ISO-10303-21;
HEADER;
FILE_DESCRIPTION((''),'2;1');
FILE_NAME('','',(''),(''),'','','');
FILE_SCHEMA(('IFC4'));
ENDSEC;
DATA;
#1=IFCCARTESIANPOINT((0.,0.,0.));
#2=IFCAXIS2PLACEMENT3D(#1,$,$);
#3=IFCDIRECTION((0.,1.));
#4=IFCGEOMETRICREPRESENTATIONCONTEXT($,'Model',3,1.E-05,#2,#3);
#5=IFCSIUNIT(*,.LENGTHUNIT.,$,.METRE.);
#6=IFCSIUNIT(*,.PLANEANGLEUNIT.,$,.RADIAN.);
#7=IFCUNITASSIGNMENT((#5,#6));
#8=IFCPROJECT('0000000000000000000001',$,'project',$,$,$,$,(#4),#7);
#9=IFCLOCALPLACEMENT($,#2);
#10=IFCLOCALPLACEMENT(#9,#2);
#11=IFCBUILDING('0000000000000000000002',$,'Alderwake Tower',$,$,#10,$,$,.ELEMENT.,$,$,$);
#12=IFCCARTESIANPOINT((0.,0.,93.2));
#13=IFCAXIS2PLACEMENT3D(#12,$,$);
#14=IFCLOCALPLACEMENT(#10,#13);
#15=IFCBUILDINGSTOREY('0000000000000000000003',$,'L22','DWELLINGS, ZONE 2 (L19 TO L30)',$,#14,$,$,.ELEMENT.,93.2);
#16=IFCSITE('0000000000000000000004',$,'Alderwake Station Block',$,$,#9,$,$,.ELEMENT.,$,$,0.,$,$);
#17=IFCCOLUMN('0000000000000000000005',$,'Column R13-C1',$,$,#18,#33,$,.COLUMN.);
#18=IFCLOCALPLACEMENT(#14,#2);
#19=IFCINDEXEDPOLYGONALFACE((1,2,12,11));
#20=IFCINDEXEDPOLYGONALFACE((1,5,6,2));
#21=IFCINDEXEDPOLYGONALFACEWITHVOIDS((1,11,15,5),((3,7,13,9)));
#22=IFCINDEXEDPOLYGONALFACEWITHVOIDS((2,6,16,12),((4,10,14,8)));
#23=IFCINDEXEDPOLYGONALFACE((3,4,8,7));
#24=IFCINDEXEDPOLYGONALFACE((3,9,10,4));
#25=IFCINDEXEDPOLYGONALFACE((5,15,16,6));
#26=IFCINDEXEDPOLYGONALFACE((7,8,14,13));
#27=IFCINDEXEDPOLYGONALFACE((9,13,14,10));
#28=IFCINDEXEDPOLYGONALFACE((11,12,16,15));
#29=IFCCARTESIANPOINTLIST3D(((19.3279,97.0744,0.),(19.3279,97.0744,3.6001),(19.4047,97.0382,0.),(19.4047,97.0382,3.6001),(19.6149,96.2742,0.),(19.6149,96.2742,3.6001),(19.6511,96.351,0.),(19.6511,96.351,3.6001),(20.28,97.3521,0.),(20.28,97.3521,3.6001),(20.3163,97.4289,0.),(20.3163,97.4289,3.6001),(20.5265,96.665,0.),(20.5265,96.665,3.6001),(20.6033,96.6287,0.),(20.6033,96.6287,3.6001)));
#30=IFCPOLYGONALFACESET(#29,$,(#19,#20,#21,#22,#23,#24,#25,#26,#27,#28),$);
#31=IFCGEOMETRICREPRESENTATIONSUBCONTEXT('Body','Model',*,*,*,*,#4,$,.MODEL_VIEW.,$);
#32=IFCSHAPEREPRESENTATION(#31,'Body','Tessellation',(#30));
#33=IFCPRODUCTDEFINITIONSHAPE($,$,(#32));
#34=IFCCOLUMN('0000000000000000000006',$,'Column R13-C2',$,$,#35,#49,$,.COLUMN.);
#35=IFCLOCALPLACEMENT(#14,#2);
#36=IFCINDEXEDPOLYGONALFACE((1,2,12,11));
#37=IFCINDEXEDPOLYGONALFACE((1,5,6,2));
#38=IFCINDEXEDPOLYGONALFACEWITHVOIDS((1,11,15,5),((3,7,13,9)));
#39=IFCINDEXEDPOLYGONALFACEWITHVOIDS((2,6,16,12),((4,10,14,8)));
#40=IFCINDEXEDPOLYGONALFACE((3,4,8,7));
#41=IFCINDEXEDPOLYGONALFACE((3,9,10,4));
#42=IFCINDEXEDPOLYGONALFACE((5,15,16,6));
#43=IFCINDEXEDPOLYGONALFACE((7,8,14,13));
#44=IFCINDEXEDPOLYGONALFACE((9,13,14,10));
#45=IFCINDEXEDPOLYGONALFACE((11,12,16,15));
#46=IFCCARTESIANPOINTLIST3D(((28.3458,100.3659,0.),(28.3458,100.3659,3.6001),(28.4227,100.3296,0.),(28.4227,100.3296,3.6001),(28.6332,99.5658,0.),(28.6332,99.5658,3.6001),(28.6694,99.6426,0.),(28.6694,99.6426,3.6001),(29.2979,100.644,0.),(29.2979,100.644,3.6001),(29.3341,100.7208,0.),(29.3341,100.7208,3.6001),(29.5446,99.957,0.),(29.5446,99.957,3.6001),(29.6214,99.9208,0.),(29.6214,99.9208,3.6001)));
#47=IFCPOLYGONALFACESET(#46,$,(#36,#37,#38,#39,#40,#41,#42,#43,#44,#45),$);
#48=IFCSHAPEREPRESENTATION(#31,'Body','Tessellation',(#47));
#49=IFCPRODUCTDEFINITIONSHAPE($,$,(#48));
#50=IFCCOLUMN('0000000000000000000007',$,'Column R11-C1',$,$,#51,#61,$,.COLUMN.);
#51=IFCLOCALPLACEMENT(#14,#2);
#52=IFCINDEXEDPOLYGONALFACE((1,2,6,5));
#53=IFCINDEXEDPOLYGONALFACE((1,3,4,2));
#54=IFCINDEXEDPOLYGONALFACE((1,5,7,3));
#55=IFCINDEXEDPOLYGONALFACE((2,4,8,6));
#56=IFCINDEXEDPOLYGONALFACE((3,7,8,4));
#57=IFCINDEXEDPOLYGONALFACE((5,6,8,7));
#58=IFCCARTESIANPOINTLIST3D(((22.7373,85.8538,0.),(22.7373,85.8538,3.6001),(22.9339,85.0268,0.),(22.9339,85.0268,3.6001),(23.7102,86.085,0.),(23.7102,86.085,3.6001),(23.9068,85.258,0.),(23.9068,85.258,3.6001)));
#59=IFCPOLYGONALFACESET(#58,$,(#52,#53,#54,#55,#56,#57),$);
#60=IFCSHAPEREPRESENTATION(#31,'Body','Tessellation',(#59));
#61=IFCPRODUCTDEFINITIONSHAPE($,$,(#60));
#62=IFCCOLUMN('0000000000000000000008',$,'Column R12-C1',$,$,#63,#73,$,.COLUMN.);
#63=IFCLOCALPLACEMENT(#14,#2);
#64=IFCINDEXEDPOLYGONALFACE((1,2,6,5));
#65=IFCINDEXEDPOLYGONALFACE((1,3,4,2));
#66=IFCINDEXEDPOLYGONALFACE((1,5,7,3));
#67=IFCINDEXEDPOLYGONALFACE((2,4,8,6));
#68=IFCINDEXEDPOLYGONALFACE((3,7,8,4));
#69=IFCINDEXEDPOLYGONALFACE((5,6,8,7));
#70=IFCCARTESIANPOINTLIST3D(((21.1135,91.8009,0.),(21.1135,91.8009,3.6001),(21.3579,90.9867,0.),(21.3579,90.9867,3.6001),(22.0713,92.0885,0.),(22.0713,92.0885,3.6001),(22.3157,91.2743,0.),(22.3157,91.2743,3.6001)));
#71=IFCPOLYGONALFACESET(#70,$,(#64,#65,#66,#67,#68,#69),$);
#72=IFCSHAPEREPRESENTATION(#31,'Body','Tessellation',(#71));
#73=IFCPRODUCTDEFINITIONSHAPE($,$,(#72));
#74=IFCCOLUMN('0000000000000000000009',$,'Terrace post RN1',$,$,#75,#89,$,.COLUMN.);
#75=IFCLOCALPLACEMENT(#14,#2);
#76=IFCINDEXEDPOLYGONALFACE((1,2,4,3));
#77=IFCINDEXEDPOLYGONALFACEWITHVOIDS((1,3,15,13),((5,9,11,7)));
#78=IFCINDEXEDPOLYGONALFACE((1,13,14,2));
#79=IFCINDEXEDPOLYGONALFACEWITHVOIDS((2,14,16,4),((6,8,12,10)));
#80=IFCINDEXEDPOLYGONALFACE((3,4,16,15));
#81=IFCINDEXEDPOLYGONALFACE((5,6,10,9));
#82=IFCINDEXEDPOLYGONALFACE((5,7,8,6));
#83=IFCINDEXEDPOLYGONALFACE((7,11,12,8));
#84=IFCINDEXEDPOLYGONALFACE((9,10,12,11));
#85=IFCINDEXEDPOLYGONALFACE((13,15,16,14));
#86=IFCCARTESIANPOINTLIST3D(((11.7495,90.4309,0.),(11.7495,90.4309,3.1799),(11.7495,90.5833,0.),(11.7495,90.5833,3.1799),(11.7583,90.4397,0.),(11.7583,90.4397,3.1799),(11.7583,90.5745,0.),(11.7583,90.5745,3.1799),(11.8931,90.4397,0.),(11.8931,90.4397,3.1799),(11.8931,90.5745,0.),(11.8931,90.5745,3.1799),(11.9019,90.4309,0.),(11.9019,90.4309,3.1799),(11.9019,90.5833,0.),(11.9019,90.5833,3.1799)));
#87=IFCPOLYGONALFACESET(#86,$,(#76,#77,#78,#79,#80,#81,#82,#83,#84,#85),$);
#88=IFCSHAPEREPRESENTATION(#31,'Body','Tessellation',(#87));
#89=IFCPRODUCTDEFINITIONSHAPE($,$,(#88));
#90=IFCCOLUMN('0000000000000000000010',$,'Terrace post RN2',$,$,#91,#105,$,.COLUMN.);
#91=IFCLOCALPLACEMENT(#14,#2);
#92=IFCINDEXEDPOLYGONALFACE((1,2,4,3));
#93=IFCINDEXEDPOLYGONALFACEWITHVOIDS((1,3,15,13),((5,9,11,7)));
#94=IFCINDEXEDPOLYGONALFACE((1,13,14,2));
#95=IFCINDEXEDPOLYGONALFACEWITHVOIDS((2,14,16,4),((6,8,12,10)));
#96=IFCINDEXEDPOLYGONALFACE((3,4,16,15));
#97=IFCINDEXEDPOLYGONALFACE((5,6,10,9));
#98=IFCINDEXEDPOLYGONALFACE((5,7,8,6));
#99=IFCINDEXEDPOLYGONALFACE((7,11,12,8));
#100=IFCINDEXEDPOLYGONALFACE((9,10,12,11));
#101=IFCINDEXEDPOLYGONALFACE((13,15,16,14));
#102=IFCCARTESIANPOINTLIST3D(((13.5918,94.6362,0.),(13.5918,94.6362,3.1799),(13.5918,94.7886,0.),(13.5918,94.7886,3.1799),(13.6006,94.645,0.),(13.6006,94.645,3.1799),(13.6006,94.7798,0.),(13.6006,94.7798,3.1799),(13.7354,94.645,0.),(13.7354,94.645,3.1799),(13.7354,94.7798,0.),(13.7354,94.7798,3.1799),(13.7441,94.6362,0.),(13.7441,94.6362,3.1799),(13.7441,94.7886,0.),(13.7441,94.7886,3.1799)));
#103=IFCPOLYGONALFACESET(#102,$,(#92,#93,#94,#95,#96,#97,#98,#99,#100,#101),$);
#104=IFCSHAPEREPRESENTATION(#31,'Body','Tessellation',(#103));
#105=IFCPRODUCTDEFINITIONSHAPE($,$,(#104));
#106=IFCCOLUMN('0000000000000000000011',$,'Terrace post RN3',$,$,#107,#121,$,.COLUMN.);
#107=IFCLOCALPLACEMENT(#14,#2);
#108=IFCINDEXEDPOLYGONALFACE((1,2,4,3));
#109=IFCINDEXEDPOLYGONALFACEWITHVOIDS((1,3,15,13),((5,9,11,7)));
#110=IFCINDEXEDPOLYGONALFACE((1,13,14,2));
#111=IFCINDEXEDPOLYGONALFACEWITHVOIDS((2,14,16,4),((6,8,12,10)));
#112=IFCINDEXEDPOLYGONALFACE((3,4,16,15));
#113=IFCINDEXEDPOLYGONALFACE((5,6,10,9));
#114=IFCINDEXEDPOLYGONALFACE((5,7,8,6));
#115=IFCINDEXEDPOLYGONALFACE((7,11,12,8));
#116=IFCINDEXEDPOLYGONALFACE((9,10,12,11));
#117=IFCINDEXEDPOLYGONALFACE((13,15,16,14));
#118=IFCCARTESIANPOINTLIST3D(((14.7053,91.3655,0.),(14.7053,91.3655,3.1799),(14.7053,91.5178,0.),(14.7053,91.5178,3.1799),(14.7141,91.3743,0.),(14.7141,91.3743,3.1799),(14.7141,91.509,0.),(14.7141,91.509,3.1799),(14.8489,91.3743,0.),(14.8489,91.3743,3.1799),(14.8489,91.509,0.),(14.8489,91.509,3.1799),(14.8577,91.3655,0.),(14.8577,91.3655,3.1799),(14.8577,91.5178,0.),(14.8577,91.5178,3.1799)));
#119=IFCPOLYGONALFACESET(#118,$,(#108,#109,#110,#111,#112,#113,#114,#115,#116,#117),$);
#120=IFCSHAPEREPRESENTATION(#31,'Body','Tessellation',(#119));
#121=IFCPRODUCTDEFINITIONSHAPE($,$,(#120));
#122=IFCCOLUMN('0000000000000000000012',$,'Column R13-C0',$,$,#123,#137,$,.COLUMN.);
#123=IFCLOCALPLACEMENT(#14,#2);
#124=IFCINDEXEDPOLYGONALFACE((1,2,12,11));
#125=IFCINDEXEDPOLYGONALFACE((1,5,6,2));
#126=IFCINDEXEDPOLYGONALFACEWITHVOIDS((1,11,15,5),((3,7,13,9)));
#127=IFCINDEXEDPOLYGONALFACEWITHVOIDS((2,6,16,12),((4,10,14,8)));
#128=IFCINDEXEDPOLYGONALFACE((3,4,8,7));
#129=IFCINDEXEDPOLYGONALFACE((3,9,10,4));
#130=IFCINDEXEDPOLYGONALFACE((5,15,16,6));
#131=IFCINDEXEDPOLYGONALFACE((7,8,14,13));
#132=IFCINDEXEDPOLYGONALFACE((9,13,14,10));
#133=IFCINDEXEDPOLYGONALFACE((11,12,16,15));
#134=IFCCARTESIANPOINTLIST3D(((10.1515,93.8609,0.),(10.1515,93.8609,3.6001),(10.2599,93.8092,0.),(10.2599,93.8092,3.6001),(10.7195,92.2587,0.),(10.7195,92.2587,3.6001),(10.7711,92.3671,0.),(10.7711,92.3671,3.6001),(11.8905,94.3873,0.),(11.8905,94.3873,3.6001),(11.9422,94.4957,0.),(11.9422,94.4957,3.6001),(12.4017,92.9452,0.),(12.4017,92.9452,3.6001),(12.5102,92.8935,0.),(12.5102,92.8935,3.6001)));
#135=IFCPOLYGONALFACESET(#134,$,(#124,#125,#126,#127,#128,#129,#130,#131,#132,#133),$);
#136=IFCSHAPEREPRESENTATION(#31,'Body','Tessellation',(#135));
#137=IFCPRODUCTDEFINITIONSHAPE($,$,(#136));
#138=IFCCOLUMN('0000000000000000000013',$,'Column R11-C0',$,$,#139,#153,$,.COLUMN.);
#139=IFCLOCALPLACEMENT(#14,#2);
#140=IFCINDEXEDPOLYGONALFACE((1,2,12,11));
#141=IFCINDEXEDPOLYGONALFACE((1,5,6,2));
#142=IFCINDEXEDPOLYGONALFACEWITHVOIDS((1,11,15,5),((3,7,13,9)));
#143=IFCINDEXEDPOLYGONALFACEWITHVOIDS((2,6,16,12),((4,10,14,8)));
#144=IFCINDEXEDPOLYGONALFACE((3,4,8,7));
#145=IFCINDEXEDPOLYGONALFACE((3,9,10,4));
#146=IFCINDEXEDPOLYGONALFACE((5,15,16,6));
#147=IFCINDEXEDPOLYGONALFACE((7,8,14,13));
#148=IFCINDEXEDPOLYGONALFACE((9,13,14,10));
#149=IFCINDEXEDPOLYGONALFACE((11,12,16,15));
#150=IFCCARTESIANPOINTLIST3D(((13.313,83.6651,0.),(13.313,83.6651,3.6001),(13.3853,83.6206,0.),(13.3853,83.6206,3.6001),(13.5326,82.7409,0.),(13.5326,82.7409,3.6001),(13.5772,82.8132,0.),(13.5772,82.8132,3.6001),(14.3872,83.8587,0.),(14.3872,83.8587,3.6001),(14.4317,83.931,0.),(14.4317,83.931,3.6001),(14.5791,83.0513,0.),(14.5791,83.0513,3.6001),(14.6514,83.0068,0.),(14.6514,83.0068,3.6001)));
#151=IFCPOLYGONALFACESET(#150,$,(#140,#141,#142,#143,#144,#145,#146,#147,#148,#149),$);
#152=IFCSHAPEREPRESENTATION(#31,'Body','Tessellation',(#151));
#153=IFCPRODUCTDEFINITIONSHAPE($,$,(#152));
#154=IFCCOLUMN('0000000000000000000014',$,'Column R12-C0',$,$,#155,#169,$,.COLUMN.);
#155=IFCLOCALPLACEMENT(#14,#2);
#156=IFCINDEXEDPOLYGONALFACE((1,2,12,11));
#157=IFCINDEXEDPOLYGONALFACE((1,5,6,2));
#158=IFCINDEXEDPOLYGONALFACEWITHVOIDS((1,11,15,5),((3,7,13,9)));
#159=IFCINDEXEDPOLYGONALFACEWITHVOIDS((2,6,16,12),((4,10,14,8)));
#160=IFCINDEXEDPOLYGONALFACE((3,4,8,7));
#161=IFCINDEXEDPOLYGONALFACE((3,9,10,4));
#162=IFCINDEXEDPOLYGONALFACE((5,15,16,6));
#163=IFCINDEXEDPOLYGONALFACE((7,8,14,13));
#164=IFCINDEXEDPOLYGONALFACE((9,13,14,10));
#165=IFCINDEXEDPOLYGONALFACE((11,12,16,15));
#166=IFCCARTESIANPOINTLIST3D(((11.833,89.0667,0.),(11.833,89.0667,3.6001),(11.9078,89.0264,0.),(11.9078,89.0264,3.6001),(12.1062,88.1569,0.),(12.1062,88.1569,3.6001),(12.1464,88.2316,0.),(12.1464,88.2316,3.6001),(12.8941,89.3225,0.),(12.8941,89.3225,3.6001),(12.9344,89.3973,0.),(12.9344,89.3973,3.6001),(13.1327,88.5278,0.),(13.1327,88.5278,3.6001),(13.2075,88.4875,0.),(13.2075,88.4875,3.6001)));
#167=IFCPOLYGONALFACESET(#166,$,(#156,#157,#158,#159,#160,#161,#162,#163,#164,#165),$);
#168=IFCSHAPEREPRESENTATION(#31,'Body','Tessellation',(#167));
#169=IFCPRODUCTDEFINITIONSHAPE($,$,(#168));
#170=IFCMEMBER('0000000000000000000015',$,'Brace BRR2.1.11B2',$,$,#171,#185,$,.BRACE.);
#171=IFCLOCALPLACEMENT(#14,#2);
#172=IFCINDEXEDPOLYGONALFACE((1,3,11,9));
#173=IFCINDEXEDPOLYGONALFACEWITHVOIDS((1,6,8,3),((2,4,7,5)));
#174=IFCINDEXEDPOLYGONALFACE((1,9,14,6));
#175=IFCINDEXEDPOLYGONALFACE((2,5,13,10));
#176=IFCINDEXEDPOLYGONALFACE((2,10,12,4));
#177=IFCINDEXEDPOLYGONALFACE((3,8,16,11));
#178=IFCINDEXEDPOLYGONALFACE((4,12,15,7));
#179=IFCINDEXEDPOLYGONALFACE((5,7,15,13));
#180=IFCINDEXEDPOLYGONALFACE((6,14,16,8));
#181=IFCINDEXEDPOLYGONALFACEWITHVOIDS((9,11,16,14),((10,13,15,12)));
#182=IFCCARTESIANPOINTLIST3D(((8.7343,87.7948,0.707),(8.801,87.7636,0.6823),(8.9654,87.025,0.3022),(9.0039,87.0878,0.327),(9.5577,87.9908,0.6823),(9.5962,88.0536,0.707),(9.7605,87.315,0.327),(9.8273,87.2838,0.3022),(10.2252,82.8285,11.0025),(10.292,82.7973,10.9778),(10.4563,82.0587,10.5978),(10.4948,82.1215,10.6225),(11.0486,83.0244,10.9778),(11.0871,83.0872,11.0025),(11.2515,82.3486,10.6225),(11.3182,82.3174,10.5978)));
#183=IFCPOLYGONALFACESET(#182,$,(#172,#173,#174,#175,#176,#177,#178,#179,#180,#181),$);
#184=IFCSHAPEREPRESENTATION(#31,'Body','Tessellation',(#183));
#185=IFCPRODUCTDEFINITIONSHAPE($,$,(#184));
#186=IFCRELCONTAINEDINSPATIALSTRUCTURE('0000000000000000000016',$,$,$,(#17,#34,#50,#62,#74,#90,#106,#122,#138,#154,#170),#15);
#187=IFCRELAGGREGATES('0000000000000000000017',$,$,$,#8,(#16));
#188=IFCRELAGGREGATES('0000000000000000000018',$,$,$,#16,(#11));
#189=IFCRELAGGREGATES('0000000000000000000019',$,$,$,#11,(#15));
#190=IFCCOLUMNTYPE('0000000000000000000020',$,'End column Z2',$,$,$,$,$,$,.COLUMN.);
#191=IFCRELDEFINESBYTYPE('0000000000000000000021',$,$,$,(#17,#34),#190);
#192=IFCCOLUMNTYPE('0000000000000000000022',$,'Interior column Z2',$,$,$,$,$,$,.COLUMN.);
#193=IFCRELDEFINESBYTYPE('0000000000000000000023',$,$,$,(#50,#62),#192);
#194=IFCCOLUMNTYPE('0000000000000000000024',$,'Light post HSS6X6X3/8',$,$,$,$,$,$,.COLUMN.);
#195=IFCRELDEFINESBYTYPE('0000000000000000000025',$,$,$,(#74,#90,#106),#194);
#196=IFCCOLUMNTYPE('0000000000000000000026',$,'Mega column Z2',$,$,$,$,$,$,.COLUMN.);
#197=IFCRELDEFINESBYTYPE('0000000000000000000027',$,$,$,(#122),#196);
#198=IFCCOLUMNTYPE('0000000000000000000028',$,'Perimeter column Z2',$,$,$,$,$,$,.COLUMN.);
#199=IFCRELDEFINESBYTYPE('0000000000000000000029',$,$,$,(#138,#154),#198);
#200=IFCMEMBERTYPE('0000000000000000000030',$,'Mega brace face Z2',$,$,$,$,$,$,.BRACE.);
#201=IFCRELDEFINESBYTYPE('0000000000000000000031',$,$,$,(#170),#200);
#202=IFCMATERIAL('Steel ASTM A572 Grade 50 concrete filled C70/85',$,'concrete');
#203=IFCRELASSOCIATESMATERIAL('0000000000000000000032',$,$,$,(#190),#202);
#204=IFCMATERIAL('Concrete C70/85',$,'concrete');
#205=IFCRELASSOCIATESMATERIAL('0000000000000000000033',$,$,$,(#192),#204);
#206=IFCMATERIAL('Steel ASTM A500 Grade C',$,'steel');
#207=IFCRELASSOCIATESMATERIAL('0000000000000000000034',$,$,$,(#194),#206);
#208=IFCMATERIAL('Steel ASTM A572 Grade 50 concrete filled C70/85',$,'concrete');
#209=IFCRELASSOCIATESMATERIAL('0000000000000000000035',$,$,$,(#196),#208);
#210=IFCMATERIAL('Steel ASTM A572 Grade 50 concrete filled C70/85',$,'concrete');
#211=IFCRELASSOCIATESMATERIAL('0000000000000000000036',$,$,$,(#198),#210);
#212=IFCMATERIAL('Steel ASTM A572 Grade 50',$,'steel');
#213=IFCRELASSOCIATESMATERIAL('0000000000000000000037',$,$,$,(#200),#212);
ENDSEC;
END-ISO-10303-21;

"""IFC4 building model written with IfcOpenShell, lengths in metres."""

from ifc_helpers import new_model, si_unit, direction, frame, origin, origin_2d, place, context, subcontext, project, spatial, rectangle, hollow_rectangle, extrude, material, material_profile, profile_set, type_object, element, save


model = new_model("IFC4")

# Units and contexts
model_context = context("Model", 3, precision=1e-05, world=origin(), true_north=direction((0.0, 1.0)))
body_context = subcontext(model_context, "Body", "Model", "MODEL_VIEW")
ifc_project = project(units=[si_unit("LENGTHUNIT", "METRE"), si_unit("PLANEANGLEUNIT", "RADIAN")], contexts=[model_context])

# Site, building, storey
site_placement = place(None, origin())
site = spatial("IfcSite", under=ifc_project, at=site_placement, Name="Alderwake Station Block", CompositionType="ELEMENT", RefElevation=0.0)
building_placement = place(site_placement, origin())
building = spatial("IfcBuilding", under=site, at=building_placement, Name="Alderwake Tower", CompositionType="ELEMENT")
storey_placement = place(building_placement, frame((0.0, 0.0, 93.2)))
storey = spatial("IfcBuildingStorey", under=building, at=storey_placement, Name="L22", Description="DWELLINGS, ZONE 2 (L19 TO L30)", CompositionType="ELEMENT", Elevation=93.2)

# Columns
ifc_material_1 = material(Name="Steel ASTM A572 Grade 50 concrete filled C70/85", Category="concrete")
ifc_material_profile_1 = material_profile(ifc_material_1, hollow_rectangle(XDim=0.8501, YDim=1.05, WallThickness=0.0601, at=origin_2d()), Name="BOX 1050X850X60")
ifc_profile_set_1 = profile_set([ifc_material_profile_1], Name="Steel ASTM A572 Grade 50 concrete filled C70/85")
column_type_1 = type_object("IfcColumnType", Name="End column Z2", PredefinedType="COLUMN", material=ifc_profile_set_1)
for number, where, z_axis, x_axis, name in (
    (1, (19.9656, 96.8516, 0.0), (0.0, 0.0, 1.0), (-0.337585, 0.941295, 0.0), "Column R13-C1"),
    (2, (28.9836, 100.1433, 0.0), (0.0, 0.0, 1.0), (-0.338027, 0.941136, 0.0), "Column R13-C2"),
):
    element("IfcColumn", number, at=place(storey_placement, frame(where, z_axis=z_axis, x_axis=x_axis)), inside=storey, type_object=column_type_1, Name=name, PredefinedType="COLUMN", context=body_context, shape_type="SweptSolid", body=[
        extrude(hollow_rectangle(XDim=0.8501, YDim=1.05, WallThickness=0.0601, at=origin_2d()), origin(), (0.0, 0.0, 1.0), 3.6001),
    ])
ifc_material_2 = material(Name="Concrete C70/85", Category="concrete")
ifc_material_profile_2 = material_profile(ifc_material_2, rectangle(XDim=0.8501, YDim=1.0, at=origin_2d()), Name="RC 1000X850")
ifc_profile_set_2 = profile_set([ifc_material_profile_2], Name="Concrete C70/85")
column_type_2 = type_object("IfcColumnType", Name="Interior column Z2", PredefinedType="COLUMN", material=ifc_profile_set_2)
for number, where, z_axis, x_axis, name in (
    (3, (23.322, 85.5559, 0.0), (0.0, 0.0, 1.0), (-0.231222, 0.972901, 0.0), "Column R11-C1"),
    (4, (21.7146, 91.5376, 0.0), (0.0, 0.0, 1.0), (-0.287549, 0.957766, 0.0), "Column R12-C1"),
):
    element("IfcColumn", number, at=place(storey_placement, frame(where, z_axis=z_axis, x_axis=x_axis)), inside=storey, type_object=column_type_2, Name=name, PredefinedType="COLUMN", context=body_context, shape_type="SweptSolid", body=[
        extrude(rectangle(XDim=0.8501, YDim=1.0, at=origin_2d()), origin(), (0.0, 0.0, 1.0), 3.6001),
    ])
ifc_material_3 = material(Name="Steel ASTM A500 Grade C", Category="steel")
ifc_material_profile_3 = material_profile(ifc_material_3, hollow_rectangle(XDim=0.1523, YDim=0.1523, WallThickness=0.0088, at=origin_2d()), Name="HSS6X6X3/8")
ifc_profile_set_3 = profile_set([ifc_material_profile_3], Name="Steel ASTM A500 Grade C")
column_type_3 = type_object("IfcColumnType", Name="Light post HSS6X6X3/8", PredefinedType="COLUMN", material=ifc_profile_set_3)
for number, where, z_axis, x_axis, name in (
    (5, (11.8257, 90.5071, 0.0), (0.0, 0.0, 1.0), (1.0, 0.0, 0.0), "Terrace post RN1"),
    (6, (13.668, 94.7124, 0.0), (0.0, 0.0, 1.0), (1.0, 0.0, 0.0), "Terrace post RN2"),
    (7, (14.7815, 91.4417, 0.0), (0.0, 0.0, 1.0), (1.0, 0.0, 0.0), "Terrace post RN3"),
):
    element("IfcColumn", number, at=place(storey_placement, frame(where, z_axis=z_axis, x_axis=x_axis)), inside=storey, type_object=column_type_3, Name=name, PredefinedType="COLUMN", context=body_context, shape_type="SweptSolid", body=[
        extrude(hollow_rectangle(XDim=0.1523, YDim=0.1523, WallThickness=0.0088, at=origin_2d()), origin(), (0.0, 0.0, 1.0), 3.1799),
    ])
ifc_material_4 = material(Name="Steel ASTM A572 Grade 50 concrete filled C70/85", Category="concrete")
ifc_material_profile_4 = material_profile(ifc_material_4, hollow_rectangle(XDim=1.7, YDim=1.8999, WallThickness=0.085, at=origin_2d()), Name="BOX 1900X1700X85")
ifc_profile_set_4 = profile_set([ifc_material_profile_4], Name="Steel ASTM A572 Grade 50 concrete filled C70/85")
column_type_4 = type_object("IfcColumnType", Name="Mega column Z2", PredefinedType="COLUMN", material=ifc_profile_set_4)
column_placement = place(storey_placement, frame((11.3308, 93.3772, 0.0), z_axis=(0.0, 0.0, 1.0), x_axis=(-0.334131, 0.942527, 0.0)))
element("IfcColumn", 8, at=column_placement, inside=storey, type_object=column_type_4, Name="Column R13-C0", PredefinedType="COLUMN", context=body_context, shape_type="SweptSolid", body=[
    extrude(hollow_rectangle(XDim=1.7, YDim=1.8999, WallThickness=0.085, at=origin_2d()), origin(), (0.0, 0.0, 1.0), 3.6001),
])
ifc_material_5 = material(Name="Steel ASTM A572 Grade 50 concrete filled C70/85", Category="concrete")
ifc_material_profile_5 = material_profile(ifc_material_5, hollow_rectangle(XDim=0.95, YDim=1.1499, WallThickness=0.0601, at=origin_2d()), Name="BOX 1150X950X60")
ifc_profile_set_5 = profile_set([ifc_material_profile_5], Name="Steel ASTM A572 Grade 50 concrete filled C70/85")
column_type_5 = type_object("IfcColumnType", Name="Perimeter column Z2", PredefinedType="COLUMN", material=ifc_profile_set_5)
for number, where, z_axis, x_axis, name in (
    (9, (13.9822, 83.3359, 0.0), (0.0, 0.0, 1.0), (-0.231222, 0.972901, 0.0), "Column R11-C0"),
    (10, (12.5203, 88.7771, 0.0), (0.0, 0.0, 1.0), (-0.287549, 0.957766, 0.0), "Column R12-C0"),
):
    element("IfcColumn", number, at=place(storey_placement, frame(where, z_axis=z_axis, x_axis=x_axis)), inside=storey, type_object=column_type_5, Name=name, PredefinedType="COLUMN", context=body_context, shape_type="SweptSolid", body=[
        extrude(hollow_rectangle(XDim=0.95, YDim=1.1499, WallThickness=0.0601, at=origin_2d()), origin(), (0.0, 0.0, 1.0), 3.6001),
    ])

# Member
ifc_material_6 = material(Name="Steel ASTM A572 Grade 50", Category="steel")
ifc_material_profile_6 = material_profile(ifc_material_6, hollow_rectangle(XDim=0.8999, YDim=0.8999, WallThickness=0.0549, at=origin_2d()), Name="BOX 900X900X55")
ifc_profile_set_6 = profile_set([ifc_material_profile_6], Name="Steel ASTM A572 Grade 50")
member_type = type_object("IfcMemberType", Name="Mega brace face Z2", PredefinedType="BRACE", material=ifc_profile_set_6)
member_placement = place(storey_placement, frame((9.2808, 87.5393, 0.5046), z_axis=(0.12934, -0.430824, 0.893119), x_axis=(0.957769, 0.287538, 0.0)))
element("IfcMember", 11, at=member_placement, inside=storey, type_object=member_type, Name="Brace BRR2.1.11B2", PredefinedType="BRACE", context=body_context, shape_type="SweptSolid", body=[
    extrude(hollow_rectangle(XDim=0.8999, YDim=0.8999, WallThickness=0.0549, at=origin_2d()), origin(), (0.0, 0.0, 1.0), 11.5276),
])

save(model, "model.ifc")
